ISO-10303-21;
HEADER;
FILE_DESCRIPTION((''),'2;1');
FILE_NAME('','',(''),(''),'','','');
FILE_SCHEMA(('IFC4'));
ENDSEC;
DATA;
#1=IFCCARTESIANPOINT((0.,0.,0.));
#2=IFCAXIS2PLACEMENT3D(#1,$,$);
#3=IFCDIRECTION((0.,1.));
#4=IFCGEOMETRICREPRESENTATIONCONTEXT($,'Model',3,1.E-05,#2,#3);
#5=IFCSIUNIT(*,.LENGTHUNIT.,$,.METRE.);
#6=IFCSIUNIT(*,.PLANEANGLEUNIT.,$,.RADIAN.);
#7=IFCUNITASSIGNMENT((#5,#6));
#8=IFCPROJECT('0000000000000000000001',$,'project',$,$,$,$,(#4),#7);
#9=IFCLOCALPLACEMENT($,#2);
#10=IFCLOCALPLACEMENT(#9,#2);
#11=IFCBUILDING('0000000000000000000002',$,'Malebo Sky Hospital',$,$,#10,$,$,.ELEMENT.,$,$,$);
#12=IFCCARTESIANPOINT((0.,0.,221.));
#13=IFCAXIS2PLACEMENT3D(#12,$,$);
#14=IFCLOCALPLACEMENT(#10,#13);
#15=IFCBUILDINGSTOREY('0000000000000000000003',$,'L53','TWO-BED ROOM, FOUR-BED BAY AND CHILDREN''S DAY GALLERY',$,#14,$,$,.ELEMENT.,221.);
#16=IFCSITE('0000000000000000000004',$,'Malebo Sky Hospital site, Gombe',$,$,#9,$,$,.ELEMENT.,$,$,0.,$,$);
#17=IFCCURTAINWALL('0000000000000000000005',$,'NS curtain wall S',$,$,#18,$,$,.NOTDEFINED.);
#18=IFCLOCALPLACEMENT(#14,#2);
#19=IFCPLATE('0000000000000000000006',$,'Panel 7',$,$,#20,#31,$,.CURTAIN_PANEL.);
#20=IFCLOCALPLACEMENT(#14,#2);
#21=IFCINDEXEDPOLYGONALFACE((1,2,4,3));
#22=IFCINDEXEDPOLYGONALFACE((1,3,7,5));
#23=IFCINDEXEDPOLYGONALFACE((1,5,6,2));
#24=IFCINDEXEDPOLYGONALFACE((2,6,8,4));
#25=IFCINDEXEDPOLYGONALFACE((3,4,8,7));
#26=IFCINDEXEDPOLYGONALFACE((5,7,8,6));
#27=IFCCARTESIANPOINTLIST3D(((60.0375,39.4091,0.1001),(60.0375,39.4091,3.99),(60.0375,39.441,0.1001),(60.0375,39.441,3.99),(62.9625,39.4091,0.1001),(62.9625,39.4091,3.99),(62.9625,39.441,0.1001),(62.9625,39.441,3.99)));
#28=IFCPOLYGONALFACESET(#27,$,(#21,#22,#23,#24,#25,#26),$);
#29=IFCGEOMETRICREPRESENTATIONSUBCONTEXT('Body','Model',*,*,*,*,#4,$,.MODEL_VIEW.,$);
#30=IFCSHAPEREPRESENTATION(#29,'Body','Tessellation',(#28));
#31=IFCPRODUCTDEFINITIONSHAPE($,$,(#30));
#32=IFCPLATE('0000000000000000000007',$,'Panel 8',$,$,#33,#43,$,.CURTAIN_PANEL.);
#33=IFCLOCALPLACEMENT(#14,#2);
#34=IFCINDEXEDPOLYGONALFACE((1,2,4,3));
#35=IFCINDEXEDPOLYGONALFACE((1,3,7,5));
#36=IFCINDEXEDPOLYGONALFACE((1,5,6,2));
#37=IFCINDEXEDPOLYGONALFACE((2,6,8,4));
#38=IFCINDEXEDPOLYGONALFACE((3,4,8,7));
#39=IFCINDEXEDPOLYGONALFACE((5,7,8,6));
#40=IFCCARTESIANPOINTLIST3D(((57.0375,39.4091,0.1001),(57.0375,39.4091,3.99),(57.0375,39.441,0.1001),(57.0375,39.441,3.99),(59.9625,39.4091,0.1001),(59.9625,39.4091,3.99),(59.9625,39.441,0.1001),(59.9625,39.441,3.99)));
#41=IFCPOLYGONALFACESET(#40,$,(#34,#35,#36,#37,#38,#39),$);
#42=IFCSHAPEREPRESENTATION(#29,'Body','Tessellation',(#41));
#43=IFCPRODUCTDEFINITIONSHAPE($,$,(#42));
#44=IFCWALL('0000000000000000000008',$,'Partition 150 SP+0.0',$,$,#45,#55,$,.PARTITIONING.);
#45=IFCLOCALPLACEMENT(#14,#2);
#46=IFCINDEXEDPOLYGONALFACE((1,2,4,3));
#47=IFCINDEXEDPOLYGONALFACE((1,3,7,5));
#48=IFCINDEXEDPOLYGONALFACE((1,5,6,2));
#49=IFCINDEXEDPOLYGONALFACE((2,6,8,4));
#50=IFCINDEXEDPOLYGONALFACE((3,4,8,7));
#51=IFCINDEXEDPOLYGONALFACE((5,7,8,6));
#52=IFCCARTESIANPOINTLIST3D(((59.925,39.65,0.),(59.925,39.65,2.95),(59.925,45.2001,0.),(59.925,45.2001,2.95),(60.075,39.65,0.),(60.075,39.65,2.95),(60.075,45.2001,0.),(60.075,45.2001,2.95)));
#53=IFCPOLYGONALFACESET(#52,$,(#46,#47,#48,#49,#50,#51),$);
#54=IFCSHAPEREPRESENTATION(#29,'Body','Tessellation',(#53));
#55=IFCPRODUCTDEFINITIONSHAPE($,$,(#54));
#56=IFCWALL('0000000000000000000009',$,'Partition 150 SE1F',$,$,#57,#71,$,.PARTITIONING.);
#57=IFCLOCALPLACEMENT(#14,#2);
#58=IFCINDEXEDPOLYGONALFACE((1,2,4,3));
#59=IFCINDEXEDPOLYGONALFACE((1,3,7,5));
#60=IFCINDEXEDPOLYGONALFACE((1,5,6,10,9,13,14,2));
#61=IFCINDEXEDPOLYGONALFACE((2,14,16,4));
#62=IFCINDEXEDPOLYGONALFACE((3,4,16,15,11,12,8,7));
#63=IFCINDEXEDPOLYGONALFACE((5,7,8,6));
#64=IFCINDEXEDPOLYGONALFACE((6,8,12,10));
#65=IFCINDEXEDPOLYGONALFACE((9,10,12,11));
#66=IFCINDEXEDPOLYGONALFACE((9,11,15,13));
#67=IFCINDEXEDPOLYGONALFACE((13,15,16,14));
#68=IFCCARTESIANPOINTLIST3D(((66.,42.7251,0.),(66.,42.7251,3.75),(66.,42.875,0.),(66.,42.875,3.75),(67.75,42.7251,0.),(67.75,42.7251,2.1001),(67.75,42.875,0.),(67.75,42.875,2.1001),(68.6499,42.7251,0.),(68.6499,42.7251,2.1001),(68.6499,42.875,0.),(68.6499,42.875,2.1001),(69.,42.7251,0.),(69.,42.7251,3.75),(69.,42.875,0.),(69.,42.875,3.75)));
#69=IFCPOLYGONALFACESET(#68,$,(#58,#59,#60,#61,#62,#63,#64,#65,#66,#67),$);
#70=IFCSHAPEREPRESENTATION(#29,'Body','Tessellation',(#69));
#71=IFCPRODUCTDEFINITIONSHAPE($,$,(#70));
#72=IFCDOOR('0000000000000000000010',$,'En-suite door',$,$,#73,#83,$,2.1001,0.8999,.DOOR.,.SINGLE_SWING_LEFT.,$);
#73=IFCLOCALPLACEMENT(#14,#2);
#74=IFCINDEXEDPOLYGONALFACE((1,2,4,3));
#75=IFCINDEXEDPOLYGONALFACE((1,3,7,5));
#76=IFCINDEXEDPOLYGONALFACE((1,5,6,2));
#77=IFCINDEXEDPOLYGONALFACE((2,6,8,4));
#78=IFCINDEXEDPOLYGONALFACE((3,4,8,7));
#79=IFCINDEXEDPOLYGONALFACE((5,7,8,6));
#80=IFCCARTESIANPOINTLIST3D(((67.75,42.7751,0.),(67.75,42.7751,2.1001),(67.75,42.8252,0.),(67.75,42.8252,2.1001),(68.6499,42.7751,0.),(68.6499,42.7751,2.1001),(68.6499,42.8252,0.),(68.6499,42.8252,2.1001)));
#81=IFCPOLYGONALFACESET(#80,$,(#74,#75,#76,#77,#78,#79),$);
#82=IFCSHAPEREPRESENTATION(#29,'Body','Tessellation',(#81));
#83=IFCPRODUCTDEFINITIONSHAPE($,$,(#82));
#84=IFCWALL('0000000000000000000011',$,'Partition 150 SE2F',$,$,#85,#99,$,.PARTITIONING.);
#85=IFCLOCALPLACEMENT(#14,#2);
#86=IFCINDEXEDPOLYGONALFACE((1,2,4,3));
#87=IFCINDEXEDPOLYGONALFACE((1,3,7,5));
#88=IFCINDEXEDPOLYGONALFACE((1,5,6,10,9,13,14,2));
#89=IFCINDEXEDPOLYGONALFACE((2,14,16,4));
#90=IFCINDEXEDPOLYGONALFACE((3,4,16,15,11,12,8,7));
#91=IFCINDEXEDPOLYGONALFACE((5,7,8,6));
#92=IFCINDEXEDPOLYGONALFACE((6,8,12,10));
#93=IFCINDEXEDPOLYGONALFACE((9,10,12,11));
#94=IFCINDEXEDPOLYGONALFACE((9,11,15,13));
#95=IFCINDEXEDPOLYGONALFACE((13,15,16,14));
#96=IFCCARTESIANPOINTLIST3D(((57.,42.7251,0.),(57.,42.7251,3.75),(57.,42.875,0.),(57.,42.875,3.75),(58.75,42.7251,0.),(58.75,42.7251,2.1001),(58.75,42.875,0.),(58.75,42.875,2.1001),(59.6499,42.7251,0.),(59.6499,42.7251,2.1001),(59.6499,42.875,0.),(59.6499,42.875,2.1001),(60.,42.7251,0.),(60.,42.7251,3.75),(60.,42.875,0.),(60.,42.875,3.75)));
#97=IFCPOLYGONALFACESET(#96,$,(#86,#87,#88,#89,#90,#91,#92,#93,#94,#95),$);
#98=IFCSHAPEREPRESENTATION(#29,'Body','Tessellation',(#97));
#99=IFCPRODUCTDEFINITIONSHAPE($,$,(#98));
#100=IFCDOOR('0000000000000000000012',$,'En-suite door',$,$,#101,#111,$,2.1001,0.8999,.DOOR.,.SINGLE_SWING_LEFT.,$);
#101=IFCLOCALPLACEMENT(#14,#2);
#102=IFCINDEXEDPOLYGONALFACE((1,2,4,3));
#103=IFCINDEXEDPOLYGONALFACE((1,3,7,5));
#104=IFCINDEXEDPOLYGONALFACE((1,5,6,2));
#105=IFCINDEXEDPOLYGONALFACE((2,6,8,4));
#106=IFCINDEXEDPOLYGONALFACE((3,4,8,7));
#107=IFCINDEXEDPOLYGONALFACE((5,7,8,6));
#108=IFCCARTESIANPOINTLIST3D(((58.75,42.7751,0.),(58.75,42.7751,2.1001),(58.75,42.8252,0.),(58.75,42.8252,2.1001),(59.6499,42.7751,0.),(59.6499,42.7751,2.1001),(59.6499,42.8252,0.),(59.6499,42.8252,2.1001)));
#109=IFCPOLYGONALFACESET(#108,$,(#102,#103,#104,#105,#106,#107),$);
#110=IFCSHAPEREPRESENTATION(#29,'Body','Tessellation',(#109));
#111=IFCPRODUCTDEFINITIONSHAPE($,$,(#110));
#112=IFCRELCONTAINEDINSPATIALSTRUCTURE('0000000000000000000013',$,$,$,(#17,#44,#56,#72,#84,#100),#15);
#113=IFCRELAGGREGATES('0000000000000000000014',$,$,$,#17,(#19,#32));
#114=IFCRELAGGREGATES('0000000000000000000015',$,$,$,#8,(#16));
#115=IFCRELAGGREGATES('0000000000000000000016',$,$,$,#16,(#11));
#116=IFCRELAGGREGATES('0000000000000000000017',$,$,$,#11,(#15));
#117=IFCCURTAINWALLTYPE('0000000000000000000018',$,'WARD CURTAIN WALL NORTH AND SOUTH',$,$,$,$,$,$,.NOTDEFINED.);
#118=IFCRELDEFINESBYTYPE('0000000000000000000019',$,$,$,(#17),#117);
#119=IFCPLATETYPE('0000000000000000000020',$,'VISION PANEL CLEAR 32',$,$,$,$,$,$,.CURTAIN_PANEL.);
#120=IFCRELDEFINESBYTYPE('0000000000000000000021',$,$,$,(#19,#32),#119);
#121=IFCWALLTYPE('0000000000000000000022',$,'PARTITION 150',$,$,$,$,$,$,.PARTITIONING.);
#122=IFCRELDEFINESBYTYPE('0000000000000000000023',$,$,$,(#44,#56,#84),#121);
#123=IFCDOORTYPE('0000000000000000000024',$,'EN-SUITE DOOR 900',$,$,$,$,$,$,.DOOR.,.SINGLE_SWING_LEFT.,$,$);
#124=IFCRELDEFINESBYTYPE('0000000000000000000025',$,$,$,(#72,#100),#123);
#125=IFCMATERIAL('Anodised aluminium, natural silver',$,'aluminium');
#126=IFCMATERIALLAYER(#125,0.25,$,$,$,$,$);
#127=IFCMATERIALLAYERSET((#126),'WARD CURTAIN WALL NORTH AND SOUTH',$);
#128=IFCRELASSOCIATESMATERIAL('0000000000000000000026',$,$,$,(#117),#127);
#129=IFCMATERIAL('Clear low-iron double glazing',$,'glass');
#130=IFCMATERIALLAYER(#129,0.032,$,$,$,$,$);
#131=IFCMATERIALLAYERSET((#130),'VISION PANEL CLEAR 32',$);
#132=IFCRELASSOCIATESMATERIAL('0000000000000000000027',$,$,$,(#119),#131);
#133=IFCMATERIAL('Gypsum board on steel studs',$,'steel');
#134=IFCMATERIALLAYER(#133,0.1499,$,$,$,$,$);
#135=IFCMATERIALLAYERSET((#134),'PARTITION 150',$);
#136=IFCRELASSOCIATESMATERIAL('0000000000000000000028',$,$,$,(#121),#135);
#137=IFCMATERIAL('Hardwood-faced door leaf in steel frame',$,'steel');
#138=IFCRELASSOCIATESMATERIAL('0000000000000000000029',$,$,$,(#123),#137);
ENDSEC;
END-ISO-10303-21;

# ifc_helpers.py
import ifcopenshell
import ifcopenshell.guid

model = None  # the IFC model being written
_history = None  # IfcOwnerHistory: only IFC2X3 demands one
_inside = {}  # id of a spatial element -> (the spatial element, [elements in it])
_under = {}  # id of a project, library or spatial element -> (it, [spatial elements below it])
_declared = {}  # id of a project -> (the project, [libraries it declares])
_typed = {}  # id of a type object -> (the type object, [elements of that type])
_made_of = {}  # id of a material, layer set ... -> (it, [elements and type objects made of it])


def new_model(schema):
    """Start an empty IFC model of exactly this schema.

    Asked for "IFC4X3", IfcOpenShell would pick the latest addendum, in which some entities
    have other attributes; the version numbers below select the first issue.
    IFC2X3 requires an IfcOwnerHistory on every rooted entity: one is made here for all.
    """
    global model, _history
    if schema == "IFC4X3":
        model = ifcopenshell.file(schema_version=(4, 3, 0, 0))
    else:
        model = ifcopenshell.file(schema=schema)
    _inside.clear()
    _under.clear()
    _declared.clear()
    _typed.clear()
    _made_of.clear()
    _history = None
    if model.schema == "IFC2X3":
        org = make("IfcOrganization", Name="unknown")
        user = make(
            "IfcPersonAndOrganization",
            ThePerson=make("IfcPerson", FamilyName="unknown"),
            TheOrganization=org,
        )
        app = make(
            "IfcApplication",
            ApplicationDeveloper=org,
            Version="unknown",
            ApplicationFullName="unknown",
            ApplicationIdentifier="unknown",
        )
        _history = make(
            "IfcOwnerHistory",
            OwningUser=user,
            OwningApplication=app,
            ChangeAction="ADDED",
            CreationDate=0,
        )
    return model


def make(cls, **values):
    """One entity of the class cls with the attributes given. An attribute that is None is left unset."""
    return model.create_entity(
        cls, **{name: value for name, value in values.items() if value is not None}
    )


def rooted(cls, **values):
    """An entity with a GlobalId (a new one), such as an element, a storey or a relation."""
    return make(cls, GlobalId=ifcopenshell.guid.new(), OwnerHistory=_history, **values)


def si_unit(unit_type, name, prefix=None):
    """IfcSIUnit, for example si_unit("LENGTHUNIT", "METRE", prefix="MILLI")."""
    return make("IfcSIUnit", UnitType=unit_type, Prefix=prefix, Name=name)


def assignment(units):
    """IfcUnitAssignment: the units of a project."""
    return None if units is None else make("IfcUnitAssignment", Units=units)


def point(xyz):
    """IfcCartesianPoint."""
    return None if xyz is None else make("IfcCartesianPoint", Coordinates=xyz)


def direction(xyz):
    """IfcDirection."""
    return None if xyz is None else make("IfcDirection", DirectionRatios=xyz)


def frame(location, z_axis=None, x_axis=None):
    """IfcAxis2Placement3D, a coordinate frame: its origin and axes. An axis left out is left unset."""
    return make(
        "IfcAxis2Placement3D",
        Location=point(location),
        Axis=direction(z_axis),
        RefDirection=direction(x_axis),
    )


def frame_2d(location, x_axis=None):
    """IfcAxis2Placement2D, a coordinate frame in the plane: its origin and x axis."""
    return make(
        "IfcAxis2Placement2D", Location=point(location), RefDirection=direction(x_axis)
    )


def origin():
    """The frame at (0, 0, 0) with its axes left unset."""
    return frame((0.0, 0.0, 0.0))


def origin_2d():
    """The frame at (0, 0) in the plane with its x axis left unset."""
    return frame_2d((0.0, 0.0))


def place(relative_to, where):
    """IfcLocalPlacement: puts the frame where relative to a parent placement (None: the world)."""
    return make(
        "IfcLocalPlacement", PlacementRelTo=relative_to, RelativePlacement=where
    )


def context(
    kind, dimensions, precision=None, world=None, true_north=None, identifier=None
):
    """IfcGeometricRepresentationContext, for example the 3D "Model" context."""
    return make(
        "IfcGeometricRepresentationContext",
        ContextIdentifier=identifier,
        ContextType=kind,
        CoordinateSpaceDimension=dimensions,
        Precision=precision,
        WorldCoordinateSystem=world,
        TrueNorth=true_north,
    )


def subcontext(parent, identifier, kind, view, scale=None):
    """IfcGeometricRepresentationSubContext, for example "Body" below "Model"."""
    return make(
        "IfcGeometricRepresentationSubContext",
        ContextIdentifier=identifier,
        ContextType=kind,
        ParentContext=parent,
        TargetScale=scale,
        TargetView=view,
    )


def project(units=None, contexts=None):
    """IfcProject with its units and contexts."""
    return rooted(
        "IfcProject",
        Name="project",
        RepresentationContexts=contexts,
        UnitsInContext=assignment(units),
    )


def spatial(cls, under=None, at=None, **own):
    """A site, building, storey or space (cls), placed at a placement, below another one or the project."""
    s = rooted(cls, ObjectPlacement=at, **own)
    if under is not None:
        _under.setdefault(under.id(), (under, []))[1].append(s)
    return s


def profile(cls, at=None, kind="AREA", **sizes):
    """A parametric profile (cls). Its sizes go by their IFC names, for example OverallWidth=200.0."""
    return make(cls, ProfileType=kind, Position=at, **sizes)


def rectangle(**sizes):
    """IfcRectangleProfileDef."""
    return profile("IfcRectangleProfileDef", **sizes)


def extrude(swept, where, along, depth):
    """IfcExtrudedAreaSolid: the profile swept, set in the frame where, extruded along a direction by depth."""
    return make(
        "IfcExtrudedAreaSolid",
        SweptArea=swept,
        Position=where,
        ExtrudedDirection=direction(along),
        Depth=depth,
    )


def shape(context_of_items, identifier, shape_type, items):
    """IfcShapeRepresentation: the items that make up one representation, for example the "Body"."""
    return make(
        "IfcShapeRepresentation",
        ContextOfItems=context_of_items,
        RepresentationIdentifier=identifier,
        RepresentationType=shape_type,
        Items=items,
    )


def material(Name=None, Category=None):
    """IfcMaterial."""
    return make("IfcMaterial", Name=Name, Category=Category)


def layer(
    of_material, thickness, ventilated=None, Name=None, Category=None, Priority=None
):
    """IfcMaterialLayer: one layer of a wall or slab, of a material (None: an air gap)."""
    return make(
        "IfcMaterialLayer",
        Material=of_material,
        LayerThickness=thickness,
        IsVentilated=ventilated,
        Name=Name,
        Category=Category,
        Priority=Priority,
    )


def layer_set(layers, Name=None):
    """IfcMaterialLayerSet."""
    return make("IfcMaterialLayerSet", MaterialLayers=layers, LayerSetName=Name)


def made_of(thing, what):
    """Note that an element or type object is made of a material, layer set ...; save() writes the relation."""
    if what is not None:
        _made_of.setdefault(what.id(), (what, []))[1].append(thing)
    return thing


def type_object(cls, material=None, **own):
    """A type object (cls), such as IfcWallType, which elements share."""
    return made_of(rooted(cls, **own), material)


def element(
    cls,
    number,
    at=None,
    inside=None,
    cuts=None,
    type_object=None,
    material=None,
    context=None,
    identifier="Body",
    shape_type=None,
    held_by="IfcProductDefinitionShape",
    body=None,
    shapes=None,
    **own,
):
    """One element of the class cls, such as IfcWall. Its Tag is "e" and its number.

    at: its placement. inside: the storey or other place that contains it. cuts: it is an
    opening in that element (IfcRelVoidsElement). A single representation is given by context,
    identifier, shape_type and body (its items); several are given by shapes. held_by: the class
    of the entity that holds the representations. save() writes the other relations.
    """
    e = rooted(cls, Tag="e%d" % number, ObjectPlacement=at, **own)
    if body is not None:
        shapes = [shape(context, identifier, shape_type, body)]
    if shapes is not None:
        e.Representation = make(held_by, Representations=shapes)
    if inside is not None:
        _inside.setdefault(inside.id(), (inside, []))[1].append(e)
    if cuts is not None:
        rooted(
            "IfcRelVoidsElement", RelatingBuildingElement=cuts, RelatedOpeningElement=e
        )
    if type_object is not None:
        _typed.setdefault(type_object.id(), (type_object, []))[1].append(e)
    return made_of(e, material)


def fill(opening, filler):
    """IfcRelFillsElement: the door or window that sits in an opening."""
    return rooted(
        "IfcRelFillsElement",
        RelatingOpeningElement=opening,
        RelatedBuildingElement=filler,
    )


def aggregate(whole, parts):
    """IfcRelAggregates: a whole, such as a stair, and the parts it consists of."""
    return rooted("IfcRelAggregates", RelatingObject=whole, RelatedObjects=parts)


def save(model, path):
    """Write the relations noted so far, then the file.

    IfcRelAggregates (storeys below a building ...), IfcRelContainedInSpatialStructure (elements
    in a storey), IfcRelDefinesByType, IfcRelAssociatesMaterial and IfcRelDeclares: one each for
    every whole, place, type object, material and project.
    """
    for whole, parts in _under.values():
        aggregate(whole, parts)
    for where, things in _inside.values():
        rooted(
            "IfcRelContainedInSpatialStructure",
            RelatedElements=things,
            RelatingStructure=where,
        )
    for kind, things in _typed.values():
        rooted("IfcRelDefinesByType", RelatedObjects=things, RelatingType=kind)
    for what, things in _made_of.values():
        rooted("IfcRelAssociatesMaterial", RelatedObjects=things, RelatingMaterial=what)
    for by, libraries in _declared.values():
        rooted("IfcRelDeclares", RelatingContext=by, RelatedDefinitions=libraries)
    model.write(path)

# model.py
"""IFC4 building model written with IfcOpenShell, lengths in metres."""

from ifc_helpers import new_model, si_unit, direction, frame, frame_2d, origin, origin_2d, place, context, subcontext, project, spatial, rectangle, extrude, material, layer, layer_set, type_object, element, fill, aggregate, save


model = new_model("IFC4")

# Units and contexts
model_context = context("Model", 3, precision=1e-05, world=origin(), true_north=direction((0.0, 1.0)))
body_context = subcontext(model_context, "Body", "Model", "MODEL_VIEW")
ifc_project = project(units=[si_unit("LENGTHUNIT", "METRE"), si_unit("PLANEANGLEUNIT", "RADIAN")], contexts=[model_context])

# Site, building, storey
site_placement = place(None, origin())
site = spatial("IfcSite", under=ifc_project, at=site_placement, Name="Malebo Sky Hospital site, Gombe", CompositionType="ELEMENT", RefElevation=0.0)
building_placement = place(site_placement, origin())
building = spatial("IfcBuilding", under=site, at=building_placement, Name="Malebo Sky Hospital", CompositionType="ELEMENT")
storey_placement = place(building_placement, frame((0.0, 0.0, 221.0)))
storey = spatial("IfcBuildingStorey", under=building, at=storey_placement, Name="L53", Description="TWO-BED ROOM, FOUR-BED BAY AND CHILDREN'S DAY GALLERY", CompositionType="ELEMENT", Elevation=221.0)

# Curtain wall
ifc_material_1 = material(Name="Anodised aluminium, natural silver", Category="aluminium")
ifc_layer_1 = layer(ifc_material_1, 0.25)
ifc_layer_set_1 = layer_set([ifc_layer_1], Name="WARD CURTAIN WALL NORTH AND SOUTH")
curtain_wall_type = type_object("IfcCurtainWallType", Name="WARD CURTAIN WALL NORTH AND SOUTH", PredefinedType="NOTDEFINED", material=ifc_layer_set_1)
curtain_wall_placement = place(storey_placement, origin())
curtain_wall = element("IfcCurtainWall", 1, at=curtain_wall_placement, inside=storey, type_object=curtain_wall_type, Name="NS curtain wall S", PredefinedType="NOTDEFINED")

# Plates
ifc_material_2 = material(Name="Clear low-iron double glazing", Category="glass")
ifc_layer_2 = layer(ifc_material_2, 0.032)
ifc_layer_set_2 = layer_set([ifc_layer_2], Name="VISION PANEL CLEAR 32")
plate_type = type_object("IfcPlateType", Name="VISION PANEL CLEAR 32", PredefinedType="CURTAIN_PANEL", material=ifc_layer_set_2)
plate_1_placement = place(storey_placement, frame((61.5, 39.425, 0.1001), z_axis=(0.0, 0.0, 1.0), x_axis=(-1.0, 0.0, 0.0)))
plate_1 = element("IfcPlate", 2, at=plate_1_placement, type_object=plate_type, Name="Panel 7", PredefinedType="CURTAIN_PANEL", context=body_context, shape_type="SweptSolid", body=[
    extrude(rectangle(XDim=2.925, YDim=0.032, at=origin_2d()), origin(), (0.0, 0.0, 1.0), 3.8899),
])
plate_2_placement = place(storey_placement, frame((58.5, 39.425, 0.1001), z_axis=(0.0, 0.0, 1.0), x_axis=(-1.0, 0.0, 0.0)))
plate_2 = element("IfcPlate", 3, at=plate_2_placement, type_object=plate_type, Name="Panel 8", PredefinedType="CURTAIN_PANEL", context=body_context, shape_type="SweptSolid", body=[
    extrude(rectangle(XDim=2.925, YDim=0.032, at=origin_2d()), origin(), (0.0, 0.0, 1.0), 3.8899),
])
aggregate(curtain_wall, [plate_1, plate_2])

# Wall
ifc_material_3 = material(Name="Gypsum board on steel studs", Category="steel")
ifc_layer_3 = layer(ifc_material_3, 0.1499)
ifc_layer_set_3 = layer_set([ifc_layer_3], Name="PARTITION 150")
wall_type = type_object("IfcWallType", Name="PARTITION 150", PredefinedType="PARTITIONING", material=ifc_layer_set_3)
wall_1_placement = place(storey_placement, frame((60.0, 45.2, 0.0), z_axis=(0.0, 0.0, 1.0), x_axis=(0.0, -1.0, 0.0)))
element("IfcWall", 4, at=wall_1_placement, inside=storey, type_object=wall_type, Name="Partition 150 SP+0.0", PredefinedType="PARTITIONING", context=body_context, shape_type="SweptSolid", body=[
    extrude(rectangle(XDim=5.55, YDim=0.1499, at=frame_2d((2.7749, 0.0))), origin(), (0.0, 0.0, 1.0), 2.95),
])

# Walls, openings, doors
wall_2_placement = place(storey_placement, frame((69.0, 42.8, 0.0), z_axis=(0.0, 0.0, 1.0), x_axis=(-1.0, 0.0, 0.0)))
wall_2 = element("IfcWall", 5, at=wall_2_placement, inside=storey, type_object=wall_type, Name="Partition 150 SE1F", PredefinedType="PARTITIONING", context=body_context, shape_type="SweptSolid", body=[
    extrude(rectangle(XDim=3.0, YDim=0.1499, at=frame_2d((1.5, 0.0))), origin(), (0.0, 0.0, 1.0), 3.75),
])
opening_1_placement = place(wall_2_placement, frame((0.3501, 0.0, 0.0)))
opening_1 = element("IfcOpeningElement", 6, at=opening_1_placement, cuts=wall_2, PredefinedType="OPENING", context=body_context, shape_type="SweptSolid", body=[
    extrude(rectangle(XDim=0.8999, YDim=2.1001, at=frame_2d((0.45, 1.05))), frame((0.0, 0.085, 0.0), z_axis=(0.0, -1.0, 0.0), x_axis=(1.0, 0.0, 0.0)), (0.0, 0.0, 1.0), 0.1699),
])
ifc_material_4 = material(Name="Hardwood-faced door leaf in steel frame", Category="steel")
door_type = type_object("IfcDoorType", Name="EN-SUITE DOOR 900", OperationType="SINGLE_SWING_LEFT", PredefinedType="DOOR", material=ifc_material_4)
door_1_placement = place(opening_1_placement, origin())
door_1 = element("IfcDoor", 7, at=door_1_placement, inside=storey, type_object=door_type, Name="En-suite door", OperationType="SINGLE_SWING_LEFT", OverallHeight=2.1001, OverallWidth=0.8999, PredefinedType="DOOR", context=body_context, shape_type="SweptSolid", body=[
    extrude(rectangle(XDim=0.8999, YDim=2.1001, at=frame_2d((0.45, 1.05))), frame((0.0, 0.0249, 0.0), z_axis=(0.0, -1.0, 0.0), x_axis=(1.0, 0.0, 0.0)), (0.0, 0.0, 1.0), 0.05),
])
fill(opening_1, door_1)
wall_3_placement = place(storey_placement, frame((60.0, 42.8, 0.0), z_axis=(0.0, 0.0, 1.0), x_axis=(-1.0, 0.0, 0.0)))
wall_3 = element("IfcWall", 8, at=wall_3_placement, inside=storey, type_object=wall_type, Name="Partition 150 SE2F", PredefinedType="PARTITIONING", context=body_context, shape_type="SweptSolid", body=[
    extrude(rectangle(XDim=3.0, YDim=0.1499, at=frame_2d((1.5, 0.0))), origin(), (0.0, 0.0, 1.0), 3.75),
])
opening_2_placement = place(wall_3_placement, frame((0.3501, 0.0, 0.0)))
opening_2 = element("IfcOpeningElement", 9, at=opening_2_placement, cuts=wall_3, PredefinedType="OPENING", context=body_context, shape_type="SweptSolid", body=[
    extrude(rectangle(XDim=0.8999, YDim=2.1001, at=frame_2d((0.45, 1.05))), frame((0.0, 0.085, 0.0), z_axis=(0.0, -1.0, 0.0), x_axis=(1.0, 0.0, 0.0)), (0.0, 0.0, 1.0), 0.1699),
])
door_2_placement = place(opening_2_placement, origin())
door_2 = element("IfcDoor", 10, at=door_2_placement, inside=storey, type_object=door_type, Name="En-suite door", OperationType="SINGLE_SWING_LEFT", OverallHeight=2.1001, OverallWidth=0.8999, PredefinedType="DOOR", context=body_context, shape_type="SweptSolid", body=[
    extrude(rectangle(XDim=0.8999, YDim=2.1001, at=frame_2d((0.45, 1.05))), frame((0.0, 0.0249, 0.0), z_axis=(0.0, -1.0, 0.0), x_axis=(1.0, 0.0, 0.0)), (0.0, 0.0, 1.0), 0.05),
])
fill(opening_2, door_2)

save(model, "model.ifc")
